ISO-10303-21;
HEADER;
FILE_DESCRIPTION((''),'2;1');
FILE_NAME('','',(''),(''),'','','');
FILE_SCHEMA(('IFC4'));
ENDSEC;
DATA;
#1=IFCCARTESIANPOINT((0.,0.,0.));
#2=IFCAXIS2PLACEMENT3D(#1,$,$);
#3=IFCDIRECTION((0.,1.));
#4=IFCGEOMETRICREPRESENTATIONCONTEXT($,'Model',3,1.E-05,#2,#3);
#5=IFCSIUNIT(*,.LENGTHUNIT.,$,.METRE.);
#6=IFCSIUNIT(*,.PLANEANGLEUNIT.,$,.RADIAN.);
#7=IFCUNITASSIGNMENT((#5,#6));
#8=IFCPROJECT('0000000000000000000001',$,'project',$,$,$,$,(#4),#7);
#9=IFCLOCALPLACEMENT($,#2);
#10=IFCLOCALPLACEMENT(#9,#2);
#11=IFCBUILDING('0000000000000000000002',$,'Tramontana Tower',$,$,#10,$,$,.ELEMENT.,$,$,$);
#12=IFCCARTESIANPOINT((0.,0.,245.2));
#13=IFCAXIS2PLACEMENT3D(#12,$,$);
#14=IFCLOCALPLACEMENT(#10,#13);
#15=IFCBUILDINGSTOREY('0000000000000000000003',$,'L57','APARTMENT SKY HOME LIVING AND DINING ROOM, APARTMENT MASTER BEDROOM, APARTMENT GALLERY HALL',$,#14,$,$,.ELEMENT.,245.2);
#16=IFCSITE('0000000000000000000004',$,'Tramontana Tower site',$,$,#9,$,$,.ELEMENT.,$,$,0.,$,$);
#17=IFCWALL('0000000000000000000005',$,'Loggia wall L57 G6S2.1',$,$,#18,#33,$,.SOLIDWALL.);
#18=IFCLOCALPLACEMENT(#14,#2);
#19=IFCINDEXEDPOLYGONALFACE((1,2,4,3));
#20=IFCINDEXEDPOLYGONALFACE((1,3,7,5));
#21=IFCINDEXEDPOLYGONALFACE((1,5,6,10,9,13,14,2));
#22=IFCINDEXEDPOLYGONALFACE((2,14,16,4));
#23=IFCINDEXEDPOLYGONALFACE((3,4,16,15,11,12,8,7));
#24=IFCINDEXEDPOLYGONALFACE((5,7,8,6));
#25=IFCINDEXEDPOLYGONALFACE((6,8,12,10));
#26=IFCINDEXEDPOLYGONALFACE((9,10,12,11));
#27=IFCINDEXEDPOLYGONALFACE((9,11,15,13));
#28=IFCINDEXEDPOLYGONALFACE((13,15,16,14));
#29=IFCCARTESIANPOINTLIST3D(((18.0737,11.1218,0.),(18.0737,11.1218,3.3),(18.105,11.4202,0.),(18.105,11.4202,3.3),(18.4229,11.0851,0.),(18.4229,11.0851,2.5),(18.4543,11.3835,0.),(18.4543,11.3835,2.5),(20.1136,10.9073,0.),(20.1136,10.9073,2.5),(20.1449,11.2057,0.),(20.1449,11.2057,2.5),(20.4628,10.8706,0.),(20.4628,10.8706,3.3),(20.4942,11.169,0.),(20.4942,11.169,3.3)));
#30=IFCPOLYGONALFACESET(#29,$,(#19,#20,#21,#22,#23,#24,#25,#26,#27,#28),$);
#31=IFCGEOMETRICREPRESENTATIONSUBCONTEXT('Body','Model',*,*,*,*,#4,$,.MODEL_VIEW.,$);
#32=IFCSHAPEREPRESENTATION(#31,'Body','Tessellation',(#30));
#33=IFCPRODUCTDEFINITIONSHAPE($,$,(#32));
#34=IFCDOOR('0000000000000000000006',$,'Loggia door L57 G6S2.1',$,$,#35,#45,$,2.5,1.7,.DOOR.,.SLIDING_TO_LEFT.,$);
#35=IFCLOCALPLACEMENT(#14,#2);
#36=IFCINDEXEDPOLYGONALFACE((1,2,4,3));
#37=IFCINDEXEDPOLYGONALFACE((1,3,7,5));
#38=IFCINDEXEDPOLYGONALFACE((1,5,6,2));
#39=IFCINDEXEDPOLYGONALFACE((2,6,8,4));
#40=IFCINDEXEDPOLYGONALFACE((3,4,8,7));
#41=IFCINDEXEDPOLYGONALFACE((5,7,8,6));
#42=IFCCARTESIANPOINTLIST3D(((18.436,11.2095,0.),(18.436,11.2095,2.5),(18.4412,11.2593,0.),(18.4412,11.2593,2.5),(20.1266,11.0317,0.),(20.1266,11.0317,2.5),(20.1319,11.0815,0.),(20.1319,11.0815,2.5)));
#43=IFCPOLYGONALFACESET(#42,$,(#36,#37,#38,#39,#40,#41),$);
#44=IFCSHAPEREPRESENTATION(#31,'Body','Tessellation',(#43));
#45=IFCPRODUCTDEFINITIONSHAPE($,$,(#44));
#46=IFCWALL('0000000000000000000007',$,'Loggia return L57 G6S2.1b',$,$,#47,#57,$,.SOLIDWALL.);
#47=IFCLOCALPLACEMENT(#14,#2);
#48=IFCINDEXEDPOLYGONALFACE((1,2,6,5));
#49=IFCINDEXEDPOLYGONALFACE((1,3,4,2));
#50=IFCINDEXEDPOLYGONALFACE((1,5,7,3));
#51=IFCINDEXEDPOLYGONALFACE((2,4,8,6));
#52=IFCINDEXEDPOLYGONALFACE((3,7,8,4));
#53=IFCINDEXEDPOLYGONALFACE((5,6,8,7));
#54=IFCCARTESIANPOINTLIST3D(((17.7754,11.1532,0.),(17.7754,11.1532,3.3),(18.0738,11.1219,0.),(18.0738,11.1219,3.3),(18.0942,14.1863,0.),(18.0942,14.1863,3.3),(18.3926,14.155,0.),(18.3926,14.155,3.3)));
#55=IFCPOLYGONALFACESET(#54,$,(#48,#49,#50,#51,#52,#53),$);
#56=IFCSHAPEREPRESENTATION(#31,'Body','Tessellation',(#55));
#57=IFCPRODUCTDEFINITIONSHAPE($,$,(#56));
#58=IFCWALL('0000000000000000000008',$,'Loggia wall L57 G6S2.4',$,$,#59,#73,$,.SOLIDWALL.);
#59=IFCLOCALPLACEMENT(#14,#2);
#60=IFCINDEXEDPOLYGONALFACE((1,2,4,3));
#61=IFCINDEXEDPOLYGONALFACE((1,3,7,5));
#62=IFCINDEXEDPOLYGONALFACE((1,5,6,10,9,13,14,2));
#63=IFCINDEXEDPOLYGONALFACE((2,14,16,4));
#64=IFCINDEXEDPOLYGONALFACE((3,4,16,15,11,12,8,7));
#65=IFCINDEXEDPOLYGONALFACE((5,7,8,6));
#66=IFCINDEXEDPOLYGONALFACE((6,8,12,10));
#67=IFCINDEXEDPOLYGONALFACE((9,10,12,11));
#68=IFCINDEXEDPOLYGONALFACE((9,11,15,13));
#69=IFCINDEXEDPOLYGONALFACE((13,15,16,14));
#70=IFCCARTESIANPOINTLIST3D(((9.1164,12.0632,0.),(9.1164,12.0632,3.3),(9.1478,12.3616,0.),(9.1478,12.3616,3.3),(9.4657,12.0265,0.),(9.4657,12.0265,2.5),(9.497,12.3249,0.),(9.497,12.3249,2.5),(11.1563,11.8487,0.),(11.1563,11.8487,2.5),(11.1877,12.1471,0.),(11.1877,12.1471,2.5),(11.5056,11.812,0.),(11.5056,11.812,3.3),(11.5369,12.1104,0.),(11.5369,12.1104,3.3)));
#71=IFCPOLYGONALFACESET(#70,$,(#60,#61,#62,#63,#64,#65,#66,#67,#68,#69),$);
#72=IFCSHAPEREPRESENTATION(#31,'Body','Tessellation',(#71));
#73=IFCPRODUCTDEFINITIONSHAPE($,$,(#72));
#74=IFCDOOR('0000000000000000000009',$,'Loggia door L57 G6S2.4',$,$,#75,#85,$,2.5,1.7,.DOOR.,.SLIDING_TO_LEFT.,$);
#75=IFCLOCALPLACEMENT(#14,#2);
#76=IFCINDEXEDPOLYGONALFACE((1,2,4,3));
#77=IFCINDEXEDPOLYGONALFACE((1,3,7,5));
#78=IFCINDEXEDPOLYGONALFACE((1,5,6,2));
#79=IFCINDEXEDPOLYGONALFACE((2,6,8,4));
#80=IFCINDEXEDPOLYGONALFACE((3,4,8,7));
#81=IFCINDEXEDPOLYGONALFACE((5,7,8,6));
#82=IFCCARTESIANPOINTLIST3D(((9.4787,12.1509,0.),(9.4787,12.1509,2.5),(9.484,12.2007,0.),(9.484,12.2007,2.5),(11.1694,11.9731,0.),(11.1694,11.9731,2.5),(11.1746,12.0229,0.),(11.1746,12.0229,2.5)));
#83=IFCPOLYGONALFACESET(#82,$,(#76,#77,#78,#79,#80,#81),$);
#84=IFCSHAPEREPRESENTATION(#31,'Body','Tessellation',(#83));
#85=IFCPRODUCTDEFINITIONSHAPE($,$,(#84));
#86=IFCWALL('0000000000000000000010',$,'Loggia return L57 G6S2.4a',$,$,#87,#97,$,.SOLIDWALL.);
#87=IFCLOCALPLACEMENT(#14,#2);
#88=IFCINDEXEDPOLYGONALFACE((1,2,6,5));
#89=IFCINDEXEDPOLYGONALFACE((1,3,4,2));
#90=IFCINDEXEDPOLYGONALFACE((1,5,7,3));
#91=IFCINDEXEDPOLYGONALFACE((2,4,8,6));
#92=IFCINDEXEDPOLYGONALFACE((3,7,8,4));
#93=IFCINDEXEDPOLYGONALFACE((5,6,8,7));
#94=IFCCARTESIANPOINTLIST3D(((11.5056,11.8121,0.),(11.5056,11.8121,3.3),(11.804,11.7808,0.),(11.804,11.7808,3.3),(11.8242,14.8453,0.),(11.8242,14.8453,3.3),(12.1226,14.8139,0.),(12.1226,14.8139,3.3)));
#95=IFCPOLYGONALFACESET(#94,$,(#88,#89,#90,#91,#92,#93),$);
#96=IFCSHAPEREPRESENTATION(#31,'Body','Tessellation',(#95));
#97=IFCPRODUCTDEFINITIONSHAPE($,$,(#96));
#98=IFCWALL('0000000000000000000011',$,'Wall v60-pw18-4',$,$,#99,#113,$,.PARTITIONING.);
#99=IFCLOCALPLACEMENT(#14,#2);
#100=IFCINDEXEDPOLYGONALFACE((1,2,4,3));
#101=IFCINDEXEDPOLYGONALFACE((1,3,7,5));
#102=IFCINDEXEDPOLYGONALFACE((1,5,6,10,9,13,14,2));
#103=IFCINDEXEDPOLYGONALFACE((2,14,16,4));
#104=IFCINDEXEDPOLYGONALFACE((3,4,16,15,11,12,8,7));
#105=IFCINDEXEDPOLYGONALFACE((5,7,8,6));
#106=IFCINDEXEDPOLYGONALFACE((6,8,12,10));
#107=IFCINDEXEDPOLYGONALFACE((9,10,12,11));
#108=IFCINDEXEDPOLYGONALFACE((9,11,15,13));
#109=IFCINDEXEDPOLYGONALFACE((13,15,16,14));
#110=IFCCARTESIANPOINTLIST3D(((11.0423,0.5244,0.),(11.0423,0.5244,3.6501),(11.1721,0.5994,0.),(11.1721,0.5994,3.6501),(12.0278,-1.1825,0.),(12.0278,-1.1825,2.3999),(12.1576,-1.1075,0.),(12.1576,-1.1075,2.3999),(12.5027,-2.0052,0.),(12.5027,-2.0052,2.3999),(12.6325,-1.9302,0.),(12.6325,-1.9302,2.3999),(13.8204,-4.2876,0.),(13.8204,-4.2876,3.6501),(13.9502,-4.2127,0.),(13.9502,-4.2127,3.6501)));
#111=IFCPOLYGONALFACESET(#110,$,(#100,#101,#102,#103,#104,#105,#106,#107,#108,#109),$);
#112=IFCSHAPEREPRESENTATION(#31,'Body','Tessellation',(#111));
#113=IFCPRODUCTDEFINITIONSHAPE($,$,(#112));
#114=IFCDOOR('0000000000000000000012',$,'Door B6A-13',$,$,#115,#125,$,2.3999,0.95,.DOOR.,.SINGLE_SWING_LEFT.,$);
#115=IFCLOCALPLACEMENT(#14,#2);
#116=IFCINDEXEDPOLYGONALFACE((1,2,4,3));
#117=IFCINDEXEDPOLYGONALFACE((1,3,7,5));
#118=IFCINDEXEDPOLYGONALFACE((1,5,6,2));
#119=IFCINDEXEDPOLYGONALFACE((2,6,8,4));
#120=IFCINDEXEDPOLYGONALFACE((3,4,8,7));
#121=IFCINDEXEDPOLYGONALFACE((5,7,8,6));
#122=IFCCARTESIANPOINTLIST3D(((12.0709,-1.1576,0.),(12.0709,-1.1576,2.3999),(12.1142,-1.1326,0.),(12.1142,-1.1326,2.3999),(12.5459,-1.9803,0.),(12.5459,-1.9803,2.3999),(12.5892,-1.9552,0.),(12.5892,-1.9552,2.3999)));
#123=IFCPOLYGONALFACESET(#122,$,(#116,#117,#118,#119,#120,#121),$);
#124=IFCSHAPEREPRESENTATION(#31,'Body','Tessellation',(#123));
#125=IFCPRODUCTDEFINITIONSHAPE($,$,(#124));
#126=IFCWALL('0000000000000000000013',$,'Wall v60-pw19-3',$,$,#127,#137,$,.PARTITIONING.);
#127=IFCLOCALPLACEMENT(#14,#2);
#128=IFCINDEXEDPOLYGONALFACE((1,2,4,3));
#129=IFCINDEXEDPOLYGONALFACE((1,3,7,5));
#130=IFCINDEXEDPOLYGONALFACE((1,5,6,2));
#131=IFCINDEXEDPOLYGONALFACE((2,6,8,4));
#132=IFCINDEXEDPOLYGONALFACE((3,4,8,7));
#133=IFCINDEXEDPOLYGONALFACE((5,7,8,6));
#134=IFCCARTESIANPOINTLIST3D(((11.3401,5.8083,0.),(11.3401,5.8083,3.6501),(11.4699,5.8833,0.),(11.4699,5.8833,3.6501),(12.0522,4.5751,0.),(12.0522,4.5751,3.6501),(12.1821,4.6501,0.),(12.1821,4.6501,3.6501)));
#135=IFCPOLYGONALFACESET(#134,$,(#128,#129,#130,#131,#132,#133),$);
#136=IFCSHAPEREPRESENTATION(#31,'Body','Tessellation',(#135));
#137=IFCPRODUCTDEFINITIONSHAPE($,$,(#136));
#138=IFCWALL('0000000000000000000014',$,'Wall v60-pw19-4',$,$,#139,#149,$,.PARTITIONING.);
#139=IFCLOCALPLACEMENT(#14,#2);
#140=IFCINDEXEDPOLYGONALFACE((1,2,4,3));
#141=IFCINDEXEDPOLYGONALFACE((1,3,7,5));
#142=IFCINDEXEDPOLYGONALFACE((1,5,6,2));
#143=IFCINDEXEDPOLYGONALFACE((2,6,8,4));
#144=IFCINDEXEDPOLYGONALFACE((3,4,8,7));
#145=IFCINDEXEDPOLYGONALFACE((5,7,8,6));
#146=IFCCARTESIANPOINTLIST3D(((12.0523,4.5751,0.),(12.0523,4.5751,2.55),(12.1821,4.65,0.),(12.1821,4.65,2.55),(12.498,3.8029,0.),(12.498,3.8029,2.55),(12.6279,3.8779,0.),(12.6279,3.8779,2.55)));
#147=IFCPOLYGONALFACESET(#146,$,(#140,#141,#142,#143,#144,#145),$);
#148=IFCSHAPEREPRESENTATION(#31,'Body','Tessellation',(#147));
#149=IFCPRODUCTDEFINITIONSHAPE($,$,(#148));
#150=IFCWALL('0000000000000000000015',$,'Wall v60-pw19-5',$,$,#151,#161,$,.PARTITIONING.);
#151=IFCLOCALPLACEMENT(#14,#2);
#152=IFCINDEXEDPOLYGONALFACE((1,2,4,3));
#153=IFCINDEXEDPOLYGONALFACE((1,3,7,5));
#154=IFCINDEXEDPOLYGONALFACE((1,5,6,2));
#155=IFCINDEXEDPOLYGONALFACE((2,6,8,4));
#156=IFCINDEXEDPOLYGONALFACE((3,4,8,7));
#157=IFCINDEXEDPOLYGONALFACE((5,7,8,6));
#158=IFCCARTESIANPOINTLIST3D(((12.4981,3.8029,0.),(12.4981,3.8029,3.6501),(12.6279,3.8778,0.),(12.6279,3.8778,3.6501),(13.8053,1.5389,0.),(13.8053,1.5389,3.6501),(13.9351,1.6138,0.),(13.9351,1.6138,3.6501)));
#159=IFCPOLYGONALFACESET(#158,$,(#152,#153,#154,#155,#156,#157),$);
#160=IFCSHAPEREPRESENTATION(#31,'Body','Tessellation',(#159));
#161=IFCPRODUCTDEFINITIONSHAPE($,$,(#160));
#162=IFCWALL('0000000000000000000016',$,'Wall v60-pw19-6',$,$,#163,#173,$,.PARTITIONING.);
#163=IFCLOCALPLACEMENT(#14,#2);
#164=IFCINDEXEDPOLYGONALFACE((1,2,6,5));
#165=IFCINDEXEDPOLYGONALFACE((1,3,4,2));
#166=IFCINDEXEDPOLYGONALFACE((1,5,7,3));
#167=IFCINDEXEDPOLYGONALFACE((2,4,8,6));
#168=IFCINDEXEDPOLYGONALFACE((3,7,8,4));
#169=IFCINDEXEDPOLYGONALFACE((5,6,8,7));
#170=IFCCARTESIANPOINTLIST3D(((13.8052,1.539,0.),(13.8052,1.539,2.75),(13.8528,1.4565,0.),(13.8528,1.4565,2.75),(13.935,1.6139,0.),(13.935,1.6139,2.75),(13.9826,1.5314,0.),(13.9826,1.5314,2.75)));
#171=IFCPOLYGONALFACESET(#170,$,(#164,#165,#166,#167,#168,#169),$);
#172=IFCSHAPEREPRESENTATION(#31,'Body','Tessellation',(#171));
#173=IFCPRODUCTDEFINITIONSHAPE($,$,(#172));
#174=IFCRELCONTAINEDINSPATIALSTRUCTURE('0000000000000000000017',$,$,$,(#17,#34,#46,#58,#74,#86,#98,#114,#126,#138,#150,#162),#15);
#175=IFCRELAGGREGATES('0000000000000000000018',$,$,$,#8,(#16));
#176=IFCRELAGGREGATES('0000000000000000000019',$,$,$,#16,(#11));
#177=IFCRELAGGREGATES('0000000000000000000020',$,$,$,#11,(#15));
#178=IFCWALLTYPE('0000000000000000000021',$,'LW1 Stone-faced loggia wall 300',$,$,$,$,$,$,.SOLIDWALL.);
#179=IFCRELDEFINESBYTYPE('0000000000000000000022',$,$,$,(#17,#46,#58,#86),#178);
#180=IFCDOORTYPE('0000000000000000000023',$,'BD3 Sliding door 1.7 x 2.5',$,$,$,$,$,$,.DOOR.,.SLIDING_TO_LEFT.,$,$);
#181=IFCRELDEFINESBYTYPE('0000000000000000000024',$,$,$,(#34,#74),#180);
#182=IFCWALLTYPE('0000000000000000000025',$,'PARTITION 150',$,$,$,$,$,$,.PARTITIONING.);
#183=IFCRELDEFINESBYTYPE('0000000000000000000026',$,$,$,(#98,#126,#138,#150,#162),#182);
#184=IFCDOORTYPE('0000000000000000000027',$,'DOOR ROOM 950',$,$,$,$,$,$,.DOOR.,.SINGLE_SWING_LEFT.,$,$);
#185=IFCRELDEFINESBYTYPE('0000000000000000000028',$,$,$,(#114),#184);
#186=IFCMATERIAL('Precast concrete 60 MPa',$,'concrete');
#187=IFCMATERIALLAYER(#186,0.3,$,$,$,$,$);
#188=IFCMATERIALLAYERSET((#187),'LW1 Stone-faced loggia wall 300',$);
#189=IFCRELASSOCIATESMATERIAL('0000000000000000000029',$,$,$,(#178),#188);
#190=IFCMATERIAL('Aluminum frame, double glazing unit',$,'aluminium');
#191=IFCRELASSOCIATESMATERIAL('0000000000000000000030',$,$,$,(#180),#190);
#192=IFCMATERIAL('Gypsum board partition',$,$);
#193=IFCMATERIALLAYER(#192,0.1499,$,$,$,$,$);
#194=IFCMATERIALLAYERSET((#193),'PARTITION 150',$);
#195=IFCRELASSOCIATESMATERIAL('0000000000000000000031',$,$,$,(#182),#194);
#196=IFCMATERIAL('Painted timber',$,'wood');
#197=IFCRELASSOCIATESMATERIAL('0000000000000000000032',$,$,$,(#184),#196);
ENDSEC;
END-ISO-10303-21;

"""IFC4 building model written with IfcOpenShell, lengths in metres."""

from ifc_helpers import new_model, si_unit, direction, frame, frame_2d, origin, place, context, subcontext, project, spatial, rectangle, extrude, material, layer, layer_set, type_object, element, fill, save


model = new_model("IFC4")

# Units and contexts
model_context = context("Model", 3, precision=1e-05, world=origin(), true_north=direction((0.0, 1.0)))
body_context = subcontext(model_context, "Body", "Model", "MODEL_VIEW")
ifc_project = project(units=[si_unit("LENGTHUNIT", "METRE"), si_unit("PLANEANGLEUNIT", "RADIAN")], contexts=[model_context])

# Site, building, storey
site_placement = place(None, origin())
site = spatial("IfcSite", under=ifc_project, at=site_placement, Name="Tramontana Tower site", CompositionType="ELEMENT", RefElevation=0.0)
building_placement = place(site_placement, origin())
building = spatial("IfcBuilding", under=site, at=building_placement, Name="Tramontana Tower", CompositionType="ELEMENT")
storey_placement = place(building_placement, frame((0.0, 0.0, 245.2)))
storey = spatial("IfcBuildingStorey", under=building, at=storey_placement, Name="L57", Description="APARTMENT SKY HOME LIVING AND DINING ROOM, APARTMENT MASTER BEDROOM, APARTMENT GALLERY HALL", CompositionType="ELEMENT", Elevation=245.2)

# Wall, opening, door
ifc_material_1 = material(Name="Precast concrete 60 MPa", Category="concrete")
ifc_layer_1 = layer(ifc_material_1, 0.3)
ifc_layer_set_1 = layer_set([ifc_layer_1], Name="LW1 Stone-faced loggia wall 300")
wall_type_1 = type_object("IfcWallType", Name="LW1 Stone-faced loggia wall 300", PredefinedType="SOLIDWALL", material=ifc_layer_set_1)
ifc_material_2 = material(Name="Aluminum frame, double glazing unit", Category="aluminium")
door_type_1 = type_object("IfcDoorType", Name="BD3 Sliding door 1.7 x 2.5", OperationType="SLIDING_TO_LEFT", PredefinedType="DOOR", material=ifc_material_2)
wall_1_placement = place(storey_placement, frame((20.4785, 11.0198, 0.0), z_axis=(0.0, 0.0, 1.0), x_axis=(-0.994517, 0.104574, 0.0)))
wall_1 = element("IfcWall", 1, at=wall_1_placement, inside=storey, type_object=wall_type_1, Name="Loggia wall L57 G6S2.1", PredefinedType="SOLIDWALL", context=body_context, shape_type="SweptSolid", body=[
    extrude(rectangle(XDim=2.4023, YDim=0.3, at=frame_2d((1.2012, 0.0))), origin(), (0.0, 0.0, 1.0), 3.3),
])
opening_1_placement = place(wall_1_placement, frame((0.3511, 0.0, 0.0)))
opening_1 = element("IfcOpeningElement", 2, at=opening_1_placement, cuts=wall_1, PredefinedType="OPENING", context=body_context, shape_type="SweptSolid", body=[
    extrude(rectangle(XDim=1.7, YDim=2.5, at=frame_2d((0.8501, 1.25))), frame((0.0, 0.1599, 0.0), z_axis=(0.0, -1.0, 0.0), x_axis=(1.0, 0.0, 0.0)), (0.0, 0.0, 1.0), 0.3201),
])
door_1_placement = place(opening_1_placement, origin())
door_1 = element("IfcDoor", 3, at=door_1_placement, inside=storey, type_object=door_type_1, Name="Loggia door L57 G6S2.1", OperationType="SLIDING_TO_LEFT", OverallHeight=2.5, OverallWidth=1.7, PredefinedType="DOOR", context=body_context, shape_type="SweptSolid", body=[
    extrude(rectangle(XDim=1.7, YDim=2.5, at=frame_2d((0.8501, 1.25))), frame((0.0, 0.0249, 0.0), z_axis=(0.0, -1.0, 0.0), x_axis=(1.0, 0.0, 0.0)), (0.0, 0.0, 1.0), 0.05),
])
fill(opening_1, door_1)

# Wall
wall_2_placement = place(storey_placement, frame((18.2434, 14.1707, 0.0), z_axis=(0.0, 0.0, 1.0), x_axis=(-0.104543, -0.99452, 0.0)))
element("IfcWall", 4, at=wall_2_placement, inside=storey, type_object=wall_type_1, Name="Loggia return L57 G6S2.1b", PredefinedType="SOLIDWALL", context=body_context, shape_type="SweptSolid", body=[
    extrude(rectangle(XDim=3.0498, YDim=0.3, at=frame_2d((1.5249, 0.0))), origin(), (0.0, 0.0, 1.0), 3.3),
])

# Wall, opening, door
wall_3_placement = place(storey_placement, frame((11.5212, 11.9612, 0.0), z_axis=(0.0, 0.0, 1.0), x_axis=(-0.994517, 0.104574, 0.0)))
wall_3 = element("IfcWall", 5, at=wall_3_placement, inside=storey, type_object=wall_type_1, Name="Loggia wall L57 G6S2.4", PredefinedType="SOLIDWALL", context=body_context, shape_type="SweptSolid", body=[
    extrude(rectangle(XDim=2.4023, YDim=0.3, at=frame_2d((1.2012, 0.0))), origin(), (0.0, 0.0, 1.0), 3.3),
])
opening_2_placement = place(wall_3_placement, frame((0.3511, 0.0, 0.0)))
opening_2 = element("IfcOpeningElement", 6, at=opening_2_placement, cuts=wall_3, PredefinedType="OPENING", context=body_context, shape_type="SweptSolid", body=[
    extrude(rectangle(XDim=1.7, YDim=2.5, at=frame_2d((0.8501, 1.25))), frame((0.0, 0.1599, 0.0), z_axis=(0.0, -1.0, 0.0), x_axis=(1.0, 0.0, 0.0)), (0.0, 0.0, 1.0), 0.3201),
])
door_2_placement = place(opening_2_placement, origin())
door_2 = element("IfcDoor", 7, at=door_2_placement, inside=storey, type_object=door_type_1, Name="Loggia door L57 G6S2.4", OperationType="SLIDING_TO_LEFT", OverallHeight=2.5, OverallWidth=1.7, PredefinedType="DOOR", context=body_context, shape_type="SweptSolid", body=[
    extrude(rectangle(XDim=1.7, YDim=2.5, at=frame_2d((0.8501, 1.25))), frame((0.0, 0.0249, 0.0), z_axis=(0.0, -1.0, 0.0), x_axis=(1.0, 0.0, 0.0)), (0.0, 0.0, 1.0), 0.05),
])
fill(opening_2, door_2)

# Wall
wall_4_placement = place(storey_placement, frame((11.9734, 14.8296, 0.0), z_axis=(0.0, 0.0, 1.0), x_axis=(-0.104464, -0.994529, 0.0)))
element("IfcWall", 8, at=wall_4_placement, inside=storey, type_object=wall_type_1, Name="Loggia return L57 G6S2.4a", PredefinedType="SOLIDWALL", context=body_context, shape_type="SweptSolid", body=[
    extrude(rectangle(XDim=3.0498, YDim=0.3, at=frame_2d((1.5249, 0.0))), origin(), (0.0, 0.0, 1.0), 3.3),
])

# Wall, opening, door
ifc_material_3 = material(Name="Gypsum board partition")
ifc_layer_2 = layer(ifc_material_3, 0.1499)
ifc_layer_set_2 = layer_set([ifc_layer_2], Name="PARTITION 150")
wall_type_2 = type_object("IfcWallType", Name="PARTITION 150", PredefinedType="PARTITIONING", material=ifc_layer_set_2)
wall_5_placement = place(storey_placement, frame((11.1072, 0.562, 0.0), z_axis=(0.0, 0.0, 1.0), x_axis=(0.499981, -0.866036, 0.0)))
wall_5 = element("IfcWall", 9, at=wall_5_placement, inside=storey, type_object=wall_type_2, Name="Wall v60-pw18-4", PredefinedType="PARTITIONING", context=body_context, shape_type="SweptSolid", body=[
    extrude(rectangle(XDim=5.5564, YDim=0.1499, at=frame_2d((2.7783, 0.0))), origin(), (0.0, 0.0, 1.0), 3.6501),
])
opening_3_placement = place(wall_5_placement, frame((1.9709, 0.0, 0.0)))
opening_3 = element("IfcOpeningElement", 10, at=opening_3_placement, cuts=wall_5, PredefinedType="OPENING", context=body_context, shape_type="SweptSolid", body=[
    extrude(rectangle(XDim=0.95, YDim=2.3999, at=frame_2d((0.4751, 1.2))), frame((0.0, 0.085, 0.0), z_axis=(0.0, -1.0, 0.0), x_axis=(1.0, 0.0, 0.0)), (0.0, 0.0, 1.0), 0.1699),
])
ifc_material_4 = material(Name="Painted timber", Category="wood")
door_type_2 = type_object("IfcDoorType", Name="DOOR ROOM 950", OperationType="SINGLE_SWING_LEFT", PredefinedType="DOOR", material=ifc_material_4)
door_3_placement = place(opening_3_placement, origin())
door_3 = element("IfcDoor", 11, at=door_3_placement, inside=storey, type_object=door_type_2, Name="Door B6A-13", OperationType="SINGLE_SWING_LEFT", OverallHeight=2.3999, OverallWidth=0.95, PredefinedType="DOOR", context=body_context, shape_type="SweptSolid", body=[
    extrude(rectangle(XDim=0.95, YDim=2.3999, at=frame_2d((0.4751, 1.2))), frame((0.0, 0.0249, 0.0), z_axis=(0.0, -1.0, 0.0), x_axis=(1.0, 0.0, 0.0)), (0.0, 0.0, 1.0), 0.05),
])
fill(opening_3, door_3)

# Walls
wall_6_placement = place(storey_placement, frame((11.405, 5.8457, 0.0), z_axis=(0.0, 0.0, 1.0), x_axis=(0.500103, -0.865966, 0.0)))
element("IfcWall", 12, at=wall_6_placement, inside=storey, type_object=wall_type_2, Name="Wall v60-pw19-3", PredefinedType="PARTITIONING", context=body_context, shape_type="SweptSolid", body=[
    extrude(rectangle(XDim=1.4241, YDim=0.1499, at=frame_2d((0.7119, 0.0))), origin(), (0.0, 0.0, 1.0), 3.6501),
])
wall_7_placement = place(storey_placement, frame((12.1172, 4.6125, 0.0), z_axis=(0.0, 0.0, 1.0), x_axis=(0.499967, -0.866044, 0.0)))
element("IfcWall", 13, at=wall_7_placement, inside=storey, type_object=wall_type_2, Name="Wall v60-pw19-4", PredefinedType="PARTITIONING", context=body_context, shape_type="SweptSolid", body=[
    extrude(rectangle(XDim=0.8916, YDim=0.1499, at=frame_2d((0.4458, 0.0))), origin(), (0.0, 0.0, 1.0), 2.55),
])
wall_8_placement = place(storey_placement, frame((12.563, 3.8403, 0.0), z_axis=(0.0, 0.0, 1.0), x_axis=(0.500016, -0.866016, 0.0)))
element("IfcWall", 14, at=wall_8_placement, inside=storey, type_object=wall_type_2, Name="Wall v60-pw19-5", PredefinedType="PARTITIONING", context=body_context, shape_type="SweptSolid", body=[
    extrude(rectangle(XDim=2.6143, YDim=0.1499, at=frame_2d((1.3071, 0.0))), origin(), (0.0, 0.0, 1.0), 3.6501),
])
wall_9_placement = place(storey_placement, frame((13.8701, 1.5764, 0.0), z_axis=(0.0, 0.0, 1.0), x_axis=(0.499722, -0.866186, 0.0)))
element("IfcWall", 15, at=wall_9_placement, inside=storey, type_object=wall_type_2, Name="Wall v60-pw19-6", PredefinedType="PARTITIONING", context=body_context, shape_type="SweptSolid", body=[
    extrude(rectangle(XDim=0.0952, YDim=0.1499, at=frame_2d((0.0476, 0.0))), origin(), (0.0, 0.0, 1.0), 2.75),
])

save(model, "model.ifc")
